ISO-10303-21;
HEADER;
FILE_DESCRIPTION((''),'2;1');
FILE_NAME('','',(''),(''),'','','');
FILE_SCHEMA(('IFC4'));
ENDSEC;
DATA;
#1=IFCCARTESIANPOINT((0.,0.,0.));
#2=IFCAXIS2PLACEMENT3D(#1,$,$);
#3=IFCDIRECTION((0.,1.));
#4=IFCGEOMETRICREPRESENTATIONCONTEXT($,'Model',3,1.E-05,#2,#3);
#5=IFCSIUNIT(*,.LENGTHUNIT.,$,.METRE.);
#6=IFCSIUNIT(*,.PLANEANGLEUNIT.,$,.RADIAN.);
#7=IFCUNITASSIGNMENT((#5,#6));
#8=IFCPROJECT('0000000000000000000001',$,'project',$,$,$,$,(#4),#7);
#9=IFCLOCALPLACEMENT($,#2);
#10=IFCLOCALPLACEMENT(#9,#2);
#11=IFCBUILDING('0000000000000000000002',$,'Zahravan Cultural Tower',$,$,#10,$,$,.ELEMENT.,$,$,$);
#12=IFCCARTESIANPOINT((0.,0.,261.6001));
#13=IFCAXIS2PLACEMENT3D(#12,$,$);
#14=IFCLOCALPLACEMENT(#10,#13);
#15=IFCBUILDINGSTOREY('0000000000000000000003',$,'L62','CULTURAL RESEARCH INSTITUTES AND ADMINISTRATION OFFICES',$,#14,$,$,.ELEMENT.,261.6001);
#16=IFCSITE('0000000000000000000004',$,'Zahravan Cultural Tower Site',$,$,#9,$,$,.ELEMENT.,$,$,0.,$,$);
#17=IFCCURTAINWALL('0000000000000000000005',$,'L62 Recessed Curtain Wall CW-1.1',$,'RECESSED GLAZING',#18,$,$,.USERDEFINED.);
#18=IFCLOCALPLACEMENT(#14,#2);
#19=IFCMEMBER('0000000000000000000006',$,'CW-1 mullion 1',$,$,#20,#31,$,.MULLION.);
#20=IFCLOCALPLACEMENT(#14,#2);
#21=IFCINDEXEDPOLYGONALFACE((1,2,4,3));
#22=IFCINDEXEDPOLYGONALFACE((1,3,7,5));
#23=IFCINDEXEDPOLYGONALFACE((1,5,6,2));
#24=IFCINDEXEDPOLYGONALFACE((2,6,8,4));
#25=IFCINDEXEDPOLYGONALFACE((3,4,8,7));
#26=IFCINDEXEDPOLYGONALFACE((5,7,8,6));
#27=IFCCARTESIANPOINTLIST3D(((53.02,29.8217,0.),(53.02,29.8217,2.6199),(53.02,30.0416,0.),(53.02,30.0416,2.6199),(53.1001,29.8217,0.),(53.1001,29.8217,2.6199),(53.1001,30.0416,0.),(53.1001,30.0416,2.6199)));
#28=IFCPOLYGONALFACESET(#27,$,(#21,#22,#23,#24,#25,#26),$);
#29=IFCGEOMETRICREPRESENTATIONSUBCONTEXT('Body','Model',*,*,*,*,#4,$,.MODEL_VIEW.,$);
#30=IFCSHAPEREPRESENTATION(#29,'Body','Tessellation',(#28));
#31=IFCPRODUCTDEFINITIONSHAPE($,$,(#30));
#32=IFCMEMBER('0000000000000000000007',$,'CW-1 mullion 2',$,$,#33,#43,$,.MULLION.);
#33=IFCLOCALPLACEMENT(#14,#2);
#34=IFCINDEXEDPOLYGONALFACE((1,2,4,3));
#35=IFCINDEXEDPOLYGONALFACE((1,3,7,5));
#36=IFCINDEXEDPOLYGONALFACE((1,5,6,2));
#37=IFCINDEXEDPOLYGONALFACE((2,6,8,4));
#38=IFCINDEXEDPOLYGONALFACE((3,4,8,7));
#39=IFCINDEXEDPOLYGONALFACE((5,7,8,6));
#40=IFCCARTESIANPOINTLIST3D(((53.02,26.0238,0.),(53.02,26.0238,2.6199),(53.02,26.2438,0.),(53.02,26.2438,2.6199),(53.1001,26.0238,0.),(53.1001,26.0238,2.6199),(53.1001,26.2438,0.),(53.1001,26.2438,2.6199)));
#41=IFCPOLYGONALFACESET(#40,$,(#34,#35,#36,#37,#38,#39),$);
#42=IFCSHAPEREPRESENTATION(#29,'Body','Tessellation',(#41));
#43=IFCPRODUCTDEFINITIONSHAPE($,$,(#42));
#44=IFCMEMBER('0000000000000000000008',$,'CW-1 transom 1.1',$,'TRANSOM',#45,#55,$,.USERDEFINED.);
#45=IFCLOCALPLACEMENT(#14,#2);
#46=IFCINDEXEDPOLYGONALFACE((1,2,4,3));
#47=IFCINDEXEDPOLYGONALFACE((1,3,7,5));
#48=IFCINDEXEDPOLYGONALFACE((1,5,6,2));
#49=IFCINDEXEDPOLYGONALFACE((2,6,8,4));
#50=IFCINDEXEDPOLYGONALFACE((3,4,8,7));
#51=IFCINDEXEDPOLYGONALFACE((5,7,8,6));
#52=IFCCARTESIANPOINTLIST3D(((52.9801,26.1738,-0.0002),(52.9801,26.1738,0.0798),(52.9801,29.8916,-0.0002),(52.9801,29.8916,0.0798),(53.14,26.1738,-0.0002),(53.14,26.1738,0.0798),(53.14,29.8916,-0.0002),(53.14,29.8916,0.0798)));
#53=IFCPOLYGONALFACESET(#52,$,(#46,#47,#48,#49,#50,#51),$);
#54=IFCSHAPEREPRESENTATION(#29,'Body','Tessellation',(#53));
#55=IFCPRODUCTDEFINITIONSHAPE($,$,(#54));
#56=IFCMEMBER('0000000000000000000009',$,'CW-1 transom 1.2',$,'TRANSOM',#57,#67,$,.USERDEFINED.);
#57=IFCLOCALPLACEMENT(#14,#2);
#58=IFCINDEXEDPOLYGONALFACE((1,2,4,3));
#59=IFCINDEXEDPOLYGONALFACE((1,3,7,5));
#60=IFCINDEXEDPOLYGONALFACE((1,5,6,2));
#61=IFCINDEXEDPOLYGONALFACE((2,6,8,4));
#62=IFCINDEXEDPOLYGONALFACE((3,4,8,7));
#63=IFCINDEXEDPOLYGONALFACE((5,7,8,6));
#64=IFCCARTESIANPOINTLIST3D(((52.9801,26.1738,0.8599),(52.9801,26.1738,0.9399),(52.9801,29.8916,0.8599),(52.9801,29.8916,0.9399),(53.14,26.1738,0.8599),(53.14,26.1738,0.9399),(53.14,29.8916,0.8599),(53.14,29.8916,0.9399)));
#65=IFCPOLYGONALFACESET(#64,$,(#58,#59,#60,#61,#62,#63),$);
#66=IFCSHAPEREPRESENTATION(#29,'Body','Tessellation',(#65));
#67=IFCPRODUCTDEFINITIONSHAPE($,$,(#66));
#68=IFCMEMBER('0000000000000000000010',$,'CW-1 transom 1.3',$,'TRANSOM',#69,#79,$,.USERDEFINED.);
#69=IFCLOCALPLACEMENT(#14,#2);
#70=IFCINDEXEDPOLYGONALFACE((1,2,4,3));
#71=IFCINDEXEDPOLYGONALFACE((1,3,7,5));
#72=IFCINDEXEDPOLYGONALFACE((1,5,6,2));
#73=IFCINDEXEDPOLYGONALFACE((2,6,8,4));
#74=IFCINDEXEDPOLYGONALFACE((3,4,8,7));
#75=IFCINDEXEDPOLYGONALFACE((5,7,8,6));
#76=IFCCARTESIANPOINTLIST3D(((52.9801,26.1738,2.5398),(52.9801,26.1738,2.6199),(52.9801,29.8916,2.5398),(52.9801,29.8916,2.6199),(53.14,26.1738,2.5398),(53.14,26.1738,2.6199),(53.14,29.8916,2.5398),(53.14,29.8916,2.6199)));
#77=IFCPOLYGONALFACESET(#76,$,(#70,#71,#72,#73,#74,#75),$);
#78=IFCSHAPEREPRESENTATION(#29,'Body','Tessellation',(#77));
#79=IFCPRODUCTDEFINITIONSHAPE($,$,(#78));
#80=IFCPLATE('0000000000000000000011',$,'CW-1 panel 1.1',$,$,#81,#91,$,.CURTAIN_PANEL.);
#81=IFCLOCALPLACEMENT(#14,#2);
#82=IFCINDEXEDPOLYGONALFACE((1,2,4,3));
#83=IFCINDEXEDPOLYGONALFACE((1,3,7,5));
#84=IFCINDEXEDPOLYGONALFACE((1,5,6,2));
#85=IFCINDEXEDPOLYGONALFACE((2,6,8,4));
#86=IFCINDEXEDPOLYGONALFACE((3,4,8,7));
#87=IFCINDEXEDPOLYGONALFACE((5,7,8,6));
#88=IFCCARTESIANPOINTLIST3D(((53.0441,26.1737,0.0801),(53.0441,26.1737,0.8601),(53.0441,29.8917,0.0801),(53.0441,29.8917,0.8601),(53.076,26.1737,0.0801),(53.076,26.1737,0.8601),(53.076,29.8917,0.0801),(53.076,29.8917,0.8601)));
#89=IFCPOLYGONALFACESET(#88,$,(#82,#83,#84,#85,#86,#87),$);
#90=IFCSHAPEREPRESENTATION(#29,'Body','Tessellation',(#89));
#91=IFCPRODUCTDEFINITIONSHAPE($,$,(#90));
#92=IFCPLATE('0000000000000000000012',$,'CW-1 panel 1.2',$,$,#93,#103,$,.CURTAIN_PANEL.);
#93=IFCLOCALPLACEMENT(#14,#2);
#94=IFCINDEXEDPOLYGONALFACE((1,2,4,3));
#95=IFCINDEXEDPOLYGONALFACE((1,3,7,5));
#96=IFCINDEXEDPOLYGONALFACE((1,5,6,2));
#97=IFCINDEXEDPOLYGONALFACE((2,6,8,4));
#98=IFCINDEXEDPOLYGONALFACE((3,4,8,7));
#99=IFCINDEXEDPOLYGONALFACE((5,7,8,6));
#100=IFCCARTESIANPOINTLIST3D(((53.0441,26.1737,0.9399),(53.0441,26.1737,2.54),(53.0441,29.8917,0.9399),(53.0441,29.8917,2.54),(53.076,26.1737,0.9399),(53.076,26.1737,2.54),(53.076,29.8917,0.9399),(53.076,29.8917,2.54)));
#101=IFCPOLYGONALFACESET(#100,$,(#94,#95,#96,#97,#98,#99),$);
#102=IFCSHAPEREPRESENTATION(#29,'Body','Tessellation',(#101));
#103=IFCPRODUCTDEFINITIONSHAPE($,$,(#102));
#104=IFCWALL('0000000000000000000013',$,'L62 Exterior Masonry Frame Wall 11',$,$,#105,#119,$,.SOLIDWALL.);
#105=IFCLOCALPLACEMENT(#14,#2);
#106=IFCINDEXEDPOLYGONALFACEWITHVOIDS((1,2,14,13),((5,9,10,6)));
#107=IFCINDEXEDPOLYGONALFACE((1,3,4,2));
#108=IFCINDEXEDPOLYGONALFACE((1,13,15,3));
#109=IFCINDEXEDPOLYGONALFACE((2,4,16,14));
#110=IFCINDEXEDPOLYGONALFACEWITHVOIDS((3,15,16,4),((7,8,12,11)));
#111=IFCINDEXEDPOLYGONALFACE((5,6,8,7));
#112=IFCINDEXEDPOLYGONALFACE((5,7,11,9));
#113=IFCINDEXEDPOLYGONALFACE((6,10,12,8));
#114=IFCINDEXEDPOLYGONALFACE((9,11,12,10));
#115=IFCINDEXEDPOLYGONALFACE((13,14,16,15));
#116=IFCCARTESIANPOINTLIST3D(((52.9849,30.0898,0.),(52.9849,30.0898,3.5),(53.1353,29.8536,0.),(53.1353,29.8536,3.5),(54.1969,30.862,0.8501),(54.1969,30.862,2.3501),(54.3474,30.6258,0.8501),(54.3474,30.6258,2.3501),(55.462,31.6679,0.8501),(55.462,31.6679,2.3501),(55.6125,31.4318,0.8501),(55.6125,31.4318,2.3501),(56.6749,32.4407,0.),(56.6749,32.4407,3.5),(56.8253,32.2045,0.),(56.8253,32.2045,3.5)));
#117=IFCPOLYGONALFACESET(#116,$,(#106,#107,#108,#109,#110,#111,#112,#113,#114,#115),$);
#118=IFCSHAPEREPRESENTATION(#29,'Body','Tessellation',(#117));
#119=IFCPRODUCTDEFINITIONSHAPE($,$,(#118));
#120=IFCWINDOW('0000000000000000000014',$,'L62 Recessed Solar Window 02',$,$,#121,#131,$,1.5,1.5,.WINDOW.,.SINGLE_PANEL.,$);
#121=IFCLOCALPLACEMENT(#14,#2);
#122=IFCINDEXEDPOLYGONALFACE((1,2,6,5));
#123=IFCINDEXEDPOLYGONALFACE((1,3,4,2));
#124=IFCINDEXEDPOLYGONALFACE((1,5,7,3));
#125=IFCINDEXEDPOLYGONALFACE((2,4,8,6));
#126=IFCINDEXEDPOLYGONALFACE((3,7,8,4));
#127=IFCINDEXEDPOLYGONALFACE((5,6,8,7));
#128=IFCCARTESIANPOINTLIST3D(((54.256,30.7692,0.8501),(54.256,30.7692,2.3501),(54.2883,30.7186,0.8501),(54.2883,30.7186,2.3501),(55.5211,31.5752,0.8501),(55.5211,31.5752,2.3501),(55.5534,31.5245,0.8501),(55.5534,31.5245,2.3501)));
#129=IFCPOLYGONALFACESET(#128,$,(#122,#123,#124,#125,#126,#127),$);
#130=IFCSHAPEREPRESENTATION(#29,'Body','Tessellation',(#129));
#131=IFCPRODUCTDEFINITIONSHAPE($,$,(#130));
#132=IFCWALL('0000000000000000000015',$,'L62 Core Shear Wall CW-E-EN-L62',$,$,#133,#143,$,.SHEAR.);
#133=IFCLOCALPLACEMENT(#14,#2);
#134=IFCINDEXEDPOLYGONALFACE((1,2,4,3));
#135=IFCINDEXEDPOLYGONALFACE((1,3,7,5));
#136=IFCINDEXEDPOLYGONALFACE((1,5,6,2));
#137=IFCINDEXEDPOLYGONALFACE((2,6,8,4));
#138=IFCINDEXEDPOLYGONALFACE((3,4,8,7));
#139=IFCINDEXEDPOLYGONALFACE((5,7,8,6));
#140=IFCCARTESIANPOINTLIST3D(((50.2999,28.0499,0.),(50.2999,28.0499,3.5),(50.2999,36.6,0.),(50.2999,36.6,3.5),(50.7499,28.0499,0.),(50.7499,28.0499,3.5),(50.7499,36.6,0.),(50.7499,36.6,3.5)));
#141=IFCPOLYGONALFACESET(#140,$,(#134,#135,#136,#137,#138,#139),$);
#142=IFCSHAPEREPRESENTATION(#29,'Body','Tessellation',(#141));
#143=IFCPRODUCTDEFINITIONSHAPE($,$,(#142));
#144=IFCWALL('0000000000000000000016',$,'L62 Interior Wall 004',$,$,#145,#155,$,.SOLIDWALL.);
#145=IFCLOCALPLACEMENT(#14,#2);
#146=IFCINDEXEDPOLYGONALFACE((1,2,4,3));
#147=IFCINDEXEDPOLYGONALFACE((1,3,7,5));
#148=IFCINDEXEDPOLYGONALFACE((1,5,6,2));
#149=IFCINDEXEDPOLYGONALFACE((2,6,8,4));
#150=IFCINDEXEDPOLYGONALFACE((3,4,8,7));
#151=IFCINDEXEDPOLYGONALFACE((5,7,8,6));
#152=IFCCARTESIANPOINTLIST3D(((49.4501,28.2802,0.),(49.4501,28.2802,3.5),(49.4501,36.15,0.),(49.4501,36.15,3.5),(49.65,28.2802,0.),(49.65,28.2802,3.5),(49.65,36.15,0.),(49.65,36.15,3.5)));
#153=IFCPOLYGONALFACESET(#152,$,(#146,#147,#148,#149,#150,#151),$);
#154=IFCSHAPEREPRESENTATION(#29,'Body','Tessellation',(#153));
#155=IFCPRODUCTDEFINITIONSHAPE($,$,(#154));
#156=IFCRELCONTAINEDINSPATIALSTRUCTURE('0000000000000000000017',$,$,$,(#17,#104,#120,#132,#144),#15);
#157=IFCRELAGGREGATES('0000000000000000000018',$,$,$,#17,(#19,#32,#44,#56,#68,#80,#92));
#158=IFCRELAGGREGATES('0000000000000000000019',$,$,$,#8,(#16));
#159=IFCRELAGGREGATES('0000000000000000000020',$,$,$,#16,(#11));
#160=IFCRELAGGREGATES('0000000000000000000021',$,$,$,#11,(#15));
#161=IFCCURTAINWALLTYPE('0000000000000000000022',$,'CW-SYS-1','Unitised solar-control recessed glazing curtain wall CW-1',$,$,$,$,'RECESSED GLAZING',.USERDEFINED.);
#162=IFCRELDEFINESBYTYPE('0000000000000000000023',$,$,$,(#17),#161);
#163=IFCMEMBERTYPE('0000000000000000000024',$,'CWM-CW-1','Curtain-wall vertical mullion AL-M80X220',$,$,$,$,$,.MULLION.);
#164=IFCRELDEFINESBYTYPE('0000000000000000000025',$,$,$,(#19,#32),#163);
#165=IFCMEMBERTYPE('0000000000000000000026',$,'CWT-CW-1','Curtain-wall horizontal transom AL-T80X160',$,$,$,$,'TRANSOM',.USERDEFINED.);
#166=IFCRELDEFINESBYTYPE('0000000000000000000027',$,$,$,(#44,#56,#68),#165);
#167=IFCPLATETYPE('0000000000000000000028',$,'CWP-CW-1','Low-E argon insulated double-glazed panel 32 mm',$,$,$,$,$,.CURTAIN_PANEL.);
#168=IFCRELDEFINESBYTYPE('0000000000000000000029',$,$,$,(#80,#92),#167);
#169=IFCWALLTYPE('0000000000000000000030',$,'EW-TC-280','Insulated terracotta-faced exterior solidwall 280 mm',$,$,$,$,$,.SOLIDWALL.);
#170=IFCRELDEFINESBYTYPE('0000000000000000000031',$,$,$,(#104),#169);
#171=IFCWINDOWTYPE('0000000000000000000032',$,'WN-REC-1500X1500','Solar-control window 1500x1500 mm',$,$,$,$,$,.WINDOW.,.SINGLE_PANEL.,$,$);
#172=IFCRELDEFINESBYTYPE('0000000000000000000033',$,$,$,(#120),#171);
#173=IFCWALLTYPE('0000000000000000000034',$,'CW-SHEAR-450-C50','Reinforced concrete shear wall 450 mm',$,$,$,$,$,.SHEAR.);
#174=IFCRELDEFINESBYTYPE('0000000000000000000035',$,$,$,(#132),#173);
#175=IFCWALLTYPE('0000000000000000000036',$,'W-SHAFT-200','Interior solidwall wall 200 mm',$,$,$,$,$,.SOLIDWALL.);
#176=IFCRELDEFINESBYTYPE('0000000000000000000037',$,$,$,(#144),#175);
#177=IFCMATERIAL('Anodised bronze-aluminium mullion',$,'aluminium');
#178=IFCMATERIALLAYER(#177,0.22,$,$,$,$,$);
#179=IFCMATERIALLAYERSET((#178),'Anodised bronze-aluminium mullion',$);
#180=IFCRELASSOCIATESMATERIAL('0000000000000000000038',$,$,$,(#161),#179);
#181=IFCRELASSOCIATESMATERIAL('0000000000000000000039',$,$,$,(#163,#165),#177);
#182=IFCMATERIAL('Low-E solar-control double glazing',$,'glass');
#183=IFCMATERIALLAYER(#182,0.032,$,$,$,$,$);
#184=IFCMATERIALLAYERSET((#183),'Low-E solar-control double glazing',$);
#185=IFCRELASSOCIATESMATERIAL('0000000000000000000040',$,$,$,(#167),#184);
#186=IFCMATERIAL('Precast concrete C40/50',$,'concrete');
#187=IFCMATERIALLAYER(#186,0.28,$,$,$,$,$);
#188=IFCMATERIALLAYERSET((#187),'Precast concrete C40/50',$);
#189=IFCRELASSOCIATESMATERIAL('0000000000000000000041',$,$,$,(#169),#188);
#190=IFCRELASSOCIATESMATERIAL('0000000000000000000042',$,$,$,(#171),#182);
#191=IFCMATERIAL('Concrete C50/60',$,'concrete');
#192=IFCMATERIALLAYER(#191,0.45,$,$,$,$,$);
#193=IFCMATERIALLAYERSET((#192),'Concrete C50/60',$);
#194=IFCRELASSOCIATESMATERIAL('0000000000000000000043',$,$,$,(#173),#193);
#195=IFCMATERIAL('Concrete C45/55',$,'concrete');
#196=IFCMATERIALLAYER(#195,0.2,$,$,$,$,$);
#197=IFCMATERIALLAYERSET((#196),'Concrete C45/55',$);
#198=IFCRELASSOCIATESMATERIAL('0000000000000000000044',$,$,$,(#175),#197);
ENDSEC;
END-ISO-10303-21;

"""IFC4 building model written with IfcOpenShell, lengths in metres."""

from ifc_helpers import new_model, si_unit, direction, frame, frame_2d, origin, origin_2d, place, context, subcontext, project, spatial, rectangle, extrude, source, transform, mapped, material, layer, layer_set, material_profile, profile_set, type_object, element, fill, aggregate, save


model = new_model("IFC4")

# Units and contexts
model_context = context("Model", 3, precision=1e-05, world=origin(), true_north=direction((0.0, 1.0)))
body_context = subcontext(model_context, "Body", "Model", "MODEL_VIEW")
ifc_project = project(units=[si_unit("LENGTHUNIT", "METRE"), si_unit("PLANEANGLEUNIT", "RADIAN")], contexts=[model_context])

# Site, building, storey
site_placement = place(None, origin())
site = spatial("IfcSite", under=ifc_project, at=site_placement, Name="Zahravan Cultural Tower Site", CompositionType="ELEMENT", RefElevation=0.0)
building_placement = place(site_placement, origin())
building = spatial("IfcBuilding", under=site, at=building_placement, Name="Zahravan Cultural Tower", CompositionType="ELEMENT")
storey_placement = place(building_placement, frame((0.0, 0.0, 261.6001)))
storey = spatial("IfcBuildingStorey", under=building, at=storey_placement, Name="L62", Description="CULTURAL RESEARCH INSTITUTES AND ADMINISTRATION OFFICES", CompositionType="ELEMENT", Elevation=261.6001)

# Curtain wall, members, plates
ifc_material_1 = material(Name="Anodised bronze-aluminium mullion", Category="aluminium")
ifc_layer_1 = layer(ifc_material_1, 0.22)
ifc_layer_set_1 = layer_set([ifc_layer_1], Name="Anodised bronze-aluminium mullion")
curtain_wall_type = type_object("IfcCurtainWallType", Name="CW-SYS-1", Description="Unitised solar-control recessed glazing curtain wall CW-1", ElementType="RECESSED GLAZING", PredefinedType="USERDEFINED", material=ifc_layer_set_1)
curtain_wall_placement = place(storey_placement, origin())
curtain_wall = element("IfcCurtainWall", 1, at=curtain_wall_placement, inside=storey, type_object=curtain_wall_type, Name="L62 Recessed Curtain Wall CW-1.1", ObjectType="RECESSED GLAZING", PredefinedType="USERDEFINED")
ifc_material_profile_1 = material_profile(ifc_material_1, rectangle(XDim=0.0801, YDim=0.22, at=origin_2d()), Name="AL-M80X220")
ifc_profile_set_1 = profile_set([ifc_material_profile_1], Name="Anodised bronze-aluminium mullion")
member_type_1 = type_object("IfcMemberType", Name="CWM-CW-1", Description="Curtain-wall vertical mullion AL-M80X220", PredefinedType="MULLION", material=ifc_profile_set_1)
shared_shape_1 = source(origin(), body_context, "Body", "SweptSolid", [
    extrude(rectangle(XDim=0.0801, YDim=0.22, at=origin_2d()), origin(), (0.0, 0.0, 1.0), 2.6199),
])
member_1_placement = place(storey_placement, frame((53.0601, 29.9316, 0.0), z_axis=(0.0, 0.0, 1.0), x_axis=(1.0, 0.0, 0.0)))
member_1 = element("IfcMember", 2, at=member_1_placement, type_object=member_type_1, Name="CW-1 mullion 1", PredefinedType="MULLION", context=body_context, shape_type="MappedRepresentation", body=[
    mapped(shared_shape_1, transform((0.0, 0.0, 0.0), x_axis=(1.0, 0.0, 0.0), y_axis=(0.0, 1.0, 0.0), z_axis=(0.0, 0.0, 1.0), scale=1.0)),
])
member_2_placement = place(storey_placement, frame((53.0601, 26.1338, 0.0), z_axis=(0.0, 0.0, 1.0), x_axis=(1.0, 0.0, 0.0)))
member_2 = element("IfcMember", 3, at=member_2_placement, type_object=member_type_1, Name="CW-1 mullion 2", PredefinedType="MULLION", context=body_context, shape_type="MappedRepresentation", body=[
    mapped(shared_shape_1, transform((0.0, 0.0, 0.0), x_axis=(1.0, 0.0, 0.0), y_axis=(0.0, 1.0, 0.0), z_axis=(0.0, 0.0, 1.0), scale=1.0)),
])
ifc_material_profile_2 = material_profile(ifc_material_1, rectangle(XDim=0.1599, YDim=0.0801, at=origin_2d()), Name="AL-T80X160")
ifc_profile_set_2 = profile_set([ifc_material_profile_2], Name="Anodised bronze-aluminium mullion")
member_type_2 = type_object("IfcMemberType", Name="CWT-CW-1", Description="Curtain-wall horizontal transom AL-T80X160", ElementType="TRANSOM", PredefinedType="USERDEFINED", material=ifc_profile_set_2)
shared_shape_2 = source(origin(), body_context, "Body", "SweptSolid", [
    extrude(rectangle(XDim=0.1599, YDim=0.0801, at=origin_2d()), origin(), (0.0, 0.0, 1.0), 3.7178),
])
member_3_placement = place(storey_placement, frame((53.0601, 29.8916, 0.0398), z_axis=(0.0, -1.0, 0.0), x_axis=(1.0, 0.0, 0.0)))
member_3 = element("IfcMember", 4, at=member_3_placement, type_object=member_type_2, Name="CW-1 transom 1.1", ObjectType="TRANSOM", PredefinedType="USERDEFINED", context=body_context, shape_type="MappedRepresentation", body=[
    mapped(shared_shape_2, transform((0.0, 0.0, 0.0), x_axis=(1.0, 0.0, 0.0), y_axis=(0.0, 1.0, 0.0), z_axis=(0.0, 0.0, 1.0), scale=1.0)),
])
member_4_placement = place(storey_placement, frame((53.0601, 29.8916, 0.8999), z_axis=(0.0, -1.0, 0.0), x_axis=(1.0, 0.0, 0.0)))
member_4 = element("IfcMember", 5, at=member_4_placement, type_object=member_type_2, Name="CW-1 transom 1.2", ObjectType="TRANSOM", PredefinedType="USERDEFINED", context=body_context, shape_type="MappedRepresentation", body=[
    mapped(shared_shape_2, transform((0.0, 0.0, 0.0), x_axis=(1.0, 0.0, 0.0), y_axis=(0.0, 1.0, 0.0), z_axis=(0.0, 0.0, 1.0), scale=1.0)),
])
member_5_placement = place(storey_placement, frame((53.0601, 29.8916, 2.5798), z_axis=(0.0, -1.0, 0.0), x_axis=(1.0, 0.0, 0.0)))
member_5 = element("IfcMember", 6, at=member_5_placement, type_object=member_type_2, Name="CW-1 transom 1.3", ObjectType="TRANSOM", PredefinedType="USERDEFINED", context=body_context, shape_type="MappedRepresentation", body=[
    mapped(shared_shape_2, transform((0.0, 0.0, 0.0), x_axis=(1.0, 0.0, 0.0), y_axis=(0.0, 1.0, 0.0), z_axis=(0.0, 0.0, 1.0), scale=1.0)),
])
ifc_material_2 = material(Name="Low-E solar-control double glazing", Category="glass")
ifc_layer_2 = layer(ifc_material_2, 0.032)
ifc_layer_set_2 = layer_set([ifc_layer_2], Name="Low-E solar-control double glazing")
plate_type = type_object("IfcPlateType", Name="CWP-CW-1", Description="Low-E argon insulated double-glazed panel 32 mm", PredefinedType="CURTAIN_PANEL", material=ifc_layer_set_2)
shared_shape_3 = source(origin(), body_context, "Body", "SweptSolid", [
    extrude(rectangle(XDim=3.718, YDim=0.032, at=origin_2d()), origin(), (0.0, 0.0, 1.0), 0.78),
])
plate_1_placement = place(storey_placement, frame((53.0601, 28.0327, 0.0801), z_axis=(0.0, 0.0, 1.0), x_axis=(0.0, -1.0, 0.0)))
plate_1 = element("IfcPlate", 7, at=plate_1_placement, type_object=plate_type, Name="CW-1 panel 1.1", PredefinedType="CURTAIN_PANEL", context=body_context, shape_type="MappedRepresentation", body=[
    mapped(shared_shape_3, transform((0.0, 0.0, 0.0), x_axis=(1.0, 0.0, 0.0), y_axis=(0.0, 1.0, 0.0), z_axis=(0.0, 0.0, 1.0), scale=1.0)),
])
shared_shape_4 = source(origin(), body_context, "Body", "SweptSolid", [
    extrude(rectangle(XDim=3.718, YDim=0.032, at=origin_2d()), origin(), (0.0, 0.0, 1.0), 1.6001),
])
plate_2_placement = place(storey_placement, frame((53.0601, 28.0327, 0.9399), z_axis=(0.0, 0.0, 1.0), x_axis=(0.0, -1.0, 0.0)))
plate_2 = element("IfcPlate", 8, at=plate_2_placement, type_object=plate_type, Name="CW-1 panel 1.2", PredefinedType="CURTAIN_PANEL", context=body_context, shape_type="MappedRepresentation", body=[
    mapped(shared_shape_4, transform((0.0, 0.0, 0.0), x_axis=(1.0, 0.0, 0.0), y_axis=(0.0, 1.0, 0.0), z_axis=(0.0, 0.0, 1.0), scale=1.0)),
])
aggregate(curtain_wall, [member_1, member_2, member_3, member_4, member_5, plate_1, plate_2])

# Wall, opening, window
ifc_material_3 = material(Name="Precast concrete C40/50", Category="concrete")
ifc_layer_3 = layer(ifc_material_3, 0.28)
ifc_layer_set_3 = layer_set([ifc_layer_3], Name="Precast concrete C40/50")
wall_type_1 = type_object("IfcWallType", Name="EW-TC-280", Description="Insulated terracotta-faced exterior solidwall 280 mm", PredefinedType="SOLIDWALL", material=ifc_layer_set_3)
wall_1_placement = place(storey_placement, frame((56.75, 32.3225, 0.0), z_axis=(0.0, 0.0, 1.0), x_axis=(-0.843383, -0.537312, 0.0)))
wall_1 = element("IfcWall", 9, at=wall_1_placement, inside=storey, type_object=wall_type_1, Name="L62 Exterior Masonry Frame Wall 11", PredefinedType="SOLIDWALL", context=body_context, shape_type="SweptSolid", body=[
    extrude(rectangle(XDim=4.3752, YDim=0.28, at=frame_2d((2.1875, 0.0))), origin(), (0.0, 0.0, 1.0), 3.5),
])
opening_placement = place(wall_1_placement, frame((1.438, 0.0, 0.8501)))
opening = element("IfcOpeningElement", 10, at=opening_placement, cuts=wall_1, PredefinedType="OPENING", context=body_context, shape_type="SweptSolid", body=[
    extrude(rectangle(XDim=1.5, YDim=1.5, at=frame_2d((0.75, 0.75))), frame((0.0, 0.1499, 0.0), z_axis=(0.0, -1.0, 0.0), x_axis=(1.0, 0.0, 0.0)), (0.0, 0.0, 1.0), 0.3),
])
window_type = type_object("IfcWindowType", Name="WN-REC-1500X1500", Description="Solar-control window 1500x1500 mm", PartitioningType="SINGLE_PANEL", PredefinedType="WINDOW", material=ifc_material_2)
shared_shape_5 = source(origin(), body_context, "Body", "SweptSolid", [
    extrude(rectangle(XDim=1.5, YDim=1.5, at=frame_2d((0.75, 0.75))), frame((0.0, 0.03, 0.0), z_axis=(0.0, -1.0, 0.0), x_axis=(1.0, 0.0, 0.0)), (0.0, 0.0, 1.0), 0.0601),
])
window_placement = place(opening_placement, origin())
window = element("IfcWindow", 11, at=window_placement, inside=storey, type_object=window_type, Name="L62 Recessed Solar Window 02", OverallHeight=1.5, OverallWidth=1.5, PartitioningType="SINGLE_PANEL", PredefinedType="WINDOW", context=body_context, shape_type="MappedRepresentation", body=[
    mapped(shared_shape_5, transform((0.0, 0.0, 0.0), x_axis=(1.0, 0.0, 0.0), y_axis=(0.0, 1.0, 0.0), z_axis=(0.0, 0.0, 1.0), scale=1.0)),
])
fill(opening, window)

# Walls
ifc_material_4 = material(Name="Concrete C50/60", Category="concrete")
ifc_layer_4 = layer(ifc_material_4, 0.45)
ifc_layer_set_4 = layer_set([ifc_layer_4], Name="Concrete C50/60")
wall_type_2 = type_object("IfcWallType", Name="CW-SHEAR-450-C50", Description="Reinforced concrete shear wall 450 mm", PredefinedType="SHEAR", material=ifc_layer_set_4)
shared_shape_6 = source(origin(), body_context, "Body", "SweptSolid", [
    extrude(rectangle(XDim=8.55, YDim=0.45, at=frame_2d((4.2749, 0.0))), origin(), (0.0, 0.0, 1.0), 3.5),
])
wall_2_placement = place(storey_placement, frame((50.5249, 28.05, 0.0), z_axis=(0.0, 0.0, 1.0), x_axis=(0.0, 1.0, 0.0)))
element("IfcWall", 12, at=wall_2_placement, inside=storey, type_object=wall_type_2, Name="L62 Core Shear Wall CW-E-EN-L62", PredefinedType="SHEAR", context=body_context, shape_type="MappedRepresentation", body=[
    mapped(shared_shape_6, transform((0.0, 0.0, 0.0), x_axis=(1.0, 0.0, 0.0), y_axis=(0.0, 1.0, 0.0), z_axis=(0.0, 0.0, 1.0), scale=1.0)),
])
ifc_material_5 = material(Name="Concrete C45/55", Category="concrete")
ifc_layer_5 = layer(ifc_material_5, 0.2)
ifc_layer_set_5 = layer_set([ifc_layer_5], Name="Concrete C45/55")
wall_type_3 = type_object("IfcWallType", Name="W-SHAFT-200", Description="Interior solidwall wall 200 mm", PredefinedType="SOLIDWALL", material=ifc_layer_set_5)
shared_shape_7 = source(origin(), body_context, "Body", "SweptSolid", [
    extrude(rectangle(XDim=7.8699, YDim=0.2, at=frame_2d((3.9351, 0.0))), origin(), (0.0, 0.0, 1.0), 3.5),
])
wall_3_placement = place(storey_placement, frame((49.55, 28.28, 0.0), z_axis=(0.0, 0.0, 1.0), x_axis=(0.0, 1.0, 0.0)))
element("IfcWall", 13, at=wall_3_placement, inside=storey, type_object=wall_type_3, Name="L62 Interior Wall 004", PredefinedType="SOLIDWALL", context=body_context, shape_type="MappedRepresentation", body=[
    mapped(shared_shape_7, transform((0.0, 0.0, 0.0), x_axis=(1.0, 0.0, 0.0), y_axis=(0.0, 1.0, 0.0), z_axis=(0.0, 0.0, 1.0), scale=1.0)),
])

save(model, "model.ifc")
